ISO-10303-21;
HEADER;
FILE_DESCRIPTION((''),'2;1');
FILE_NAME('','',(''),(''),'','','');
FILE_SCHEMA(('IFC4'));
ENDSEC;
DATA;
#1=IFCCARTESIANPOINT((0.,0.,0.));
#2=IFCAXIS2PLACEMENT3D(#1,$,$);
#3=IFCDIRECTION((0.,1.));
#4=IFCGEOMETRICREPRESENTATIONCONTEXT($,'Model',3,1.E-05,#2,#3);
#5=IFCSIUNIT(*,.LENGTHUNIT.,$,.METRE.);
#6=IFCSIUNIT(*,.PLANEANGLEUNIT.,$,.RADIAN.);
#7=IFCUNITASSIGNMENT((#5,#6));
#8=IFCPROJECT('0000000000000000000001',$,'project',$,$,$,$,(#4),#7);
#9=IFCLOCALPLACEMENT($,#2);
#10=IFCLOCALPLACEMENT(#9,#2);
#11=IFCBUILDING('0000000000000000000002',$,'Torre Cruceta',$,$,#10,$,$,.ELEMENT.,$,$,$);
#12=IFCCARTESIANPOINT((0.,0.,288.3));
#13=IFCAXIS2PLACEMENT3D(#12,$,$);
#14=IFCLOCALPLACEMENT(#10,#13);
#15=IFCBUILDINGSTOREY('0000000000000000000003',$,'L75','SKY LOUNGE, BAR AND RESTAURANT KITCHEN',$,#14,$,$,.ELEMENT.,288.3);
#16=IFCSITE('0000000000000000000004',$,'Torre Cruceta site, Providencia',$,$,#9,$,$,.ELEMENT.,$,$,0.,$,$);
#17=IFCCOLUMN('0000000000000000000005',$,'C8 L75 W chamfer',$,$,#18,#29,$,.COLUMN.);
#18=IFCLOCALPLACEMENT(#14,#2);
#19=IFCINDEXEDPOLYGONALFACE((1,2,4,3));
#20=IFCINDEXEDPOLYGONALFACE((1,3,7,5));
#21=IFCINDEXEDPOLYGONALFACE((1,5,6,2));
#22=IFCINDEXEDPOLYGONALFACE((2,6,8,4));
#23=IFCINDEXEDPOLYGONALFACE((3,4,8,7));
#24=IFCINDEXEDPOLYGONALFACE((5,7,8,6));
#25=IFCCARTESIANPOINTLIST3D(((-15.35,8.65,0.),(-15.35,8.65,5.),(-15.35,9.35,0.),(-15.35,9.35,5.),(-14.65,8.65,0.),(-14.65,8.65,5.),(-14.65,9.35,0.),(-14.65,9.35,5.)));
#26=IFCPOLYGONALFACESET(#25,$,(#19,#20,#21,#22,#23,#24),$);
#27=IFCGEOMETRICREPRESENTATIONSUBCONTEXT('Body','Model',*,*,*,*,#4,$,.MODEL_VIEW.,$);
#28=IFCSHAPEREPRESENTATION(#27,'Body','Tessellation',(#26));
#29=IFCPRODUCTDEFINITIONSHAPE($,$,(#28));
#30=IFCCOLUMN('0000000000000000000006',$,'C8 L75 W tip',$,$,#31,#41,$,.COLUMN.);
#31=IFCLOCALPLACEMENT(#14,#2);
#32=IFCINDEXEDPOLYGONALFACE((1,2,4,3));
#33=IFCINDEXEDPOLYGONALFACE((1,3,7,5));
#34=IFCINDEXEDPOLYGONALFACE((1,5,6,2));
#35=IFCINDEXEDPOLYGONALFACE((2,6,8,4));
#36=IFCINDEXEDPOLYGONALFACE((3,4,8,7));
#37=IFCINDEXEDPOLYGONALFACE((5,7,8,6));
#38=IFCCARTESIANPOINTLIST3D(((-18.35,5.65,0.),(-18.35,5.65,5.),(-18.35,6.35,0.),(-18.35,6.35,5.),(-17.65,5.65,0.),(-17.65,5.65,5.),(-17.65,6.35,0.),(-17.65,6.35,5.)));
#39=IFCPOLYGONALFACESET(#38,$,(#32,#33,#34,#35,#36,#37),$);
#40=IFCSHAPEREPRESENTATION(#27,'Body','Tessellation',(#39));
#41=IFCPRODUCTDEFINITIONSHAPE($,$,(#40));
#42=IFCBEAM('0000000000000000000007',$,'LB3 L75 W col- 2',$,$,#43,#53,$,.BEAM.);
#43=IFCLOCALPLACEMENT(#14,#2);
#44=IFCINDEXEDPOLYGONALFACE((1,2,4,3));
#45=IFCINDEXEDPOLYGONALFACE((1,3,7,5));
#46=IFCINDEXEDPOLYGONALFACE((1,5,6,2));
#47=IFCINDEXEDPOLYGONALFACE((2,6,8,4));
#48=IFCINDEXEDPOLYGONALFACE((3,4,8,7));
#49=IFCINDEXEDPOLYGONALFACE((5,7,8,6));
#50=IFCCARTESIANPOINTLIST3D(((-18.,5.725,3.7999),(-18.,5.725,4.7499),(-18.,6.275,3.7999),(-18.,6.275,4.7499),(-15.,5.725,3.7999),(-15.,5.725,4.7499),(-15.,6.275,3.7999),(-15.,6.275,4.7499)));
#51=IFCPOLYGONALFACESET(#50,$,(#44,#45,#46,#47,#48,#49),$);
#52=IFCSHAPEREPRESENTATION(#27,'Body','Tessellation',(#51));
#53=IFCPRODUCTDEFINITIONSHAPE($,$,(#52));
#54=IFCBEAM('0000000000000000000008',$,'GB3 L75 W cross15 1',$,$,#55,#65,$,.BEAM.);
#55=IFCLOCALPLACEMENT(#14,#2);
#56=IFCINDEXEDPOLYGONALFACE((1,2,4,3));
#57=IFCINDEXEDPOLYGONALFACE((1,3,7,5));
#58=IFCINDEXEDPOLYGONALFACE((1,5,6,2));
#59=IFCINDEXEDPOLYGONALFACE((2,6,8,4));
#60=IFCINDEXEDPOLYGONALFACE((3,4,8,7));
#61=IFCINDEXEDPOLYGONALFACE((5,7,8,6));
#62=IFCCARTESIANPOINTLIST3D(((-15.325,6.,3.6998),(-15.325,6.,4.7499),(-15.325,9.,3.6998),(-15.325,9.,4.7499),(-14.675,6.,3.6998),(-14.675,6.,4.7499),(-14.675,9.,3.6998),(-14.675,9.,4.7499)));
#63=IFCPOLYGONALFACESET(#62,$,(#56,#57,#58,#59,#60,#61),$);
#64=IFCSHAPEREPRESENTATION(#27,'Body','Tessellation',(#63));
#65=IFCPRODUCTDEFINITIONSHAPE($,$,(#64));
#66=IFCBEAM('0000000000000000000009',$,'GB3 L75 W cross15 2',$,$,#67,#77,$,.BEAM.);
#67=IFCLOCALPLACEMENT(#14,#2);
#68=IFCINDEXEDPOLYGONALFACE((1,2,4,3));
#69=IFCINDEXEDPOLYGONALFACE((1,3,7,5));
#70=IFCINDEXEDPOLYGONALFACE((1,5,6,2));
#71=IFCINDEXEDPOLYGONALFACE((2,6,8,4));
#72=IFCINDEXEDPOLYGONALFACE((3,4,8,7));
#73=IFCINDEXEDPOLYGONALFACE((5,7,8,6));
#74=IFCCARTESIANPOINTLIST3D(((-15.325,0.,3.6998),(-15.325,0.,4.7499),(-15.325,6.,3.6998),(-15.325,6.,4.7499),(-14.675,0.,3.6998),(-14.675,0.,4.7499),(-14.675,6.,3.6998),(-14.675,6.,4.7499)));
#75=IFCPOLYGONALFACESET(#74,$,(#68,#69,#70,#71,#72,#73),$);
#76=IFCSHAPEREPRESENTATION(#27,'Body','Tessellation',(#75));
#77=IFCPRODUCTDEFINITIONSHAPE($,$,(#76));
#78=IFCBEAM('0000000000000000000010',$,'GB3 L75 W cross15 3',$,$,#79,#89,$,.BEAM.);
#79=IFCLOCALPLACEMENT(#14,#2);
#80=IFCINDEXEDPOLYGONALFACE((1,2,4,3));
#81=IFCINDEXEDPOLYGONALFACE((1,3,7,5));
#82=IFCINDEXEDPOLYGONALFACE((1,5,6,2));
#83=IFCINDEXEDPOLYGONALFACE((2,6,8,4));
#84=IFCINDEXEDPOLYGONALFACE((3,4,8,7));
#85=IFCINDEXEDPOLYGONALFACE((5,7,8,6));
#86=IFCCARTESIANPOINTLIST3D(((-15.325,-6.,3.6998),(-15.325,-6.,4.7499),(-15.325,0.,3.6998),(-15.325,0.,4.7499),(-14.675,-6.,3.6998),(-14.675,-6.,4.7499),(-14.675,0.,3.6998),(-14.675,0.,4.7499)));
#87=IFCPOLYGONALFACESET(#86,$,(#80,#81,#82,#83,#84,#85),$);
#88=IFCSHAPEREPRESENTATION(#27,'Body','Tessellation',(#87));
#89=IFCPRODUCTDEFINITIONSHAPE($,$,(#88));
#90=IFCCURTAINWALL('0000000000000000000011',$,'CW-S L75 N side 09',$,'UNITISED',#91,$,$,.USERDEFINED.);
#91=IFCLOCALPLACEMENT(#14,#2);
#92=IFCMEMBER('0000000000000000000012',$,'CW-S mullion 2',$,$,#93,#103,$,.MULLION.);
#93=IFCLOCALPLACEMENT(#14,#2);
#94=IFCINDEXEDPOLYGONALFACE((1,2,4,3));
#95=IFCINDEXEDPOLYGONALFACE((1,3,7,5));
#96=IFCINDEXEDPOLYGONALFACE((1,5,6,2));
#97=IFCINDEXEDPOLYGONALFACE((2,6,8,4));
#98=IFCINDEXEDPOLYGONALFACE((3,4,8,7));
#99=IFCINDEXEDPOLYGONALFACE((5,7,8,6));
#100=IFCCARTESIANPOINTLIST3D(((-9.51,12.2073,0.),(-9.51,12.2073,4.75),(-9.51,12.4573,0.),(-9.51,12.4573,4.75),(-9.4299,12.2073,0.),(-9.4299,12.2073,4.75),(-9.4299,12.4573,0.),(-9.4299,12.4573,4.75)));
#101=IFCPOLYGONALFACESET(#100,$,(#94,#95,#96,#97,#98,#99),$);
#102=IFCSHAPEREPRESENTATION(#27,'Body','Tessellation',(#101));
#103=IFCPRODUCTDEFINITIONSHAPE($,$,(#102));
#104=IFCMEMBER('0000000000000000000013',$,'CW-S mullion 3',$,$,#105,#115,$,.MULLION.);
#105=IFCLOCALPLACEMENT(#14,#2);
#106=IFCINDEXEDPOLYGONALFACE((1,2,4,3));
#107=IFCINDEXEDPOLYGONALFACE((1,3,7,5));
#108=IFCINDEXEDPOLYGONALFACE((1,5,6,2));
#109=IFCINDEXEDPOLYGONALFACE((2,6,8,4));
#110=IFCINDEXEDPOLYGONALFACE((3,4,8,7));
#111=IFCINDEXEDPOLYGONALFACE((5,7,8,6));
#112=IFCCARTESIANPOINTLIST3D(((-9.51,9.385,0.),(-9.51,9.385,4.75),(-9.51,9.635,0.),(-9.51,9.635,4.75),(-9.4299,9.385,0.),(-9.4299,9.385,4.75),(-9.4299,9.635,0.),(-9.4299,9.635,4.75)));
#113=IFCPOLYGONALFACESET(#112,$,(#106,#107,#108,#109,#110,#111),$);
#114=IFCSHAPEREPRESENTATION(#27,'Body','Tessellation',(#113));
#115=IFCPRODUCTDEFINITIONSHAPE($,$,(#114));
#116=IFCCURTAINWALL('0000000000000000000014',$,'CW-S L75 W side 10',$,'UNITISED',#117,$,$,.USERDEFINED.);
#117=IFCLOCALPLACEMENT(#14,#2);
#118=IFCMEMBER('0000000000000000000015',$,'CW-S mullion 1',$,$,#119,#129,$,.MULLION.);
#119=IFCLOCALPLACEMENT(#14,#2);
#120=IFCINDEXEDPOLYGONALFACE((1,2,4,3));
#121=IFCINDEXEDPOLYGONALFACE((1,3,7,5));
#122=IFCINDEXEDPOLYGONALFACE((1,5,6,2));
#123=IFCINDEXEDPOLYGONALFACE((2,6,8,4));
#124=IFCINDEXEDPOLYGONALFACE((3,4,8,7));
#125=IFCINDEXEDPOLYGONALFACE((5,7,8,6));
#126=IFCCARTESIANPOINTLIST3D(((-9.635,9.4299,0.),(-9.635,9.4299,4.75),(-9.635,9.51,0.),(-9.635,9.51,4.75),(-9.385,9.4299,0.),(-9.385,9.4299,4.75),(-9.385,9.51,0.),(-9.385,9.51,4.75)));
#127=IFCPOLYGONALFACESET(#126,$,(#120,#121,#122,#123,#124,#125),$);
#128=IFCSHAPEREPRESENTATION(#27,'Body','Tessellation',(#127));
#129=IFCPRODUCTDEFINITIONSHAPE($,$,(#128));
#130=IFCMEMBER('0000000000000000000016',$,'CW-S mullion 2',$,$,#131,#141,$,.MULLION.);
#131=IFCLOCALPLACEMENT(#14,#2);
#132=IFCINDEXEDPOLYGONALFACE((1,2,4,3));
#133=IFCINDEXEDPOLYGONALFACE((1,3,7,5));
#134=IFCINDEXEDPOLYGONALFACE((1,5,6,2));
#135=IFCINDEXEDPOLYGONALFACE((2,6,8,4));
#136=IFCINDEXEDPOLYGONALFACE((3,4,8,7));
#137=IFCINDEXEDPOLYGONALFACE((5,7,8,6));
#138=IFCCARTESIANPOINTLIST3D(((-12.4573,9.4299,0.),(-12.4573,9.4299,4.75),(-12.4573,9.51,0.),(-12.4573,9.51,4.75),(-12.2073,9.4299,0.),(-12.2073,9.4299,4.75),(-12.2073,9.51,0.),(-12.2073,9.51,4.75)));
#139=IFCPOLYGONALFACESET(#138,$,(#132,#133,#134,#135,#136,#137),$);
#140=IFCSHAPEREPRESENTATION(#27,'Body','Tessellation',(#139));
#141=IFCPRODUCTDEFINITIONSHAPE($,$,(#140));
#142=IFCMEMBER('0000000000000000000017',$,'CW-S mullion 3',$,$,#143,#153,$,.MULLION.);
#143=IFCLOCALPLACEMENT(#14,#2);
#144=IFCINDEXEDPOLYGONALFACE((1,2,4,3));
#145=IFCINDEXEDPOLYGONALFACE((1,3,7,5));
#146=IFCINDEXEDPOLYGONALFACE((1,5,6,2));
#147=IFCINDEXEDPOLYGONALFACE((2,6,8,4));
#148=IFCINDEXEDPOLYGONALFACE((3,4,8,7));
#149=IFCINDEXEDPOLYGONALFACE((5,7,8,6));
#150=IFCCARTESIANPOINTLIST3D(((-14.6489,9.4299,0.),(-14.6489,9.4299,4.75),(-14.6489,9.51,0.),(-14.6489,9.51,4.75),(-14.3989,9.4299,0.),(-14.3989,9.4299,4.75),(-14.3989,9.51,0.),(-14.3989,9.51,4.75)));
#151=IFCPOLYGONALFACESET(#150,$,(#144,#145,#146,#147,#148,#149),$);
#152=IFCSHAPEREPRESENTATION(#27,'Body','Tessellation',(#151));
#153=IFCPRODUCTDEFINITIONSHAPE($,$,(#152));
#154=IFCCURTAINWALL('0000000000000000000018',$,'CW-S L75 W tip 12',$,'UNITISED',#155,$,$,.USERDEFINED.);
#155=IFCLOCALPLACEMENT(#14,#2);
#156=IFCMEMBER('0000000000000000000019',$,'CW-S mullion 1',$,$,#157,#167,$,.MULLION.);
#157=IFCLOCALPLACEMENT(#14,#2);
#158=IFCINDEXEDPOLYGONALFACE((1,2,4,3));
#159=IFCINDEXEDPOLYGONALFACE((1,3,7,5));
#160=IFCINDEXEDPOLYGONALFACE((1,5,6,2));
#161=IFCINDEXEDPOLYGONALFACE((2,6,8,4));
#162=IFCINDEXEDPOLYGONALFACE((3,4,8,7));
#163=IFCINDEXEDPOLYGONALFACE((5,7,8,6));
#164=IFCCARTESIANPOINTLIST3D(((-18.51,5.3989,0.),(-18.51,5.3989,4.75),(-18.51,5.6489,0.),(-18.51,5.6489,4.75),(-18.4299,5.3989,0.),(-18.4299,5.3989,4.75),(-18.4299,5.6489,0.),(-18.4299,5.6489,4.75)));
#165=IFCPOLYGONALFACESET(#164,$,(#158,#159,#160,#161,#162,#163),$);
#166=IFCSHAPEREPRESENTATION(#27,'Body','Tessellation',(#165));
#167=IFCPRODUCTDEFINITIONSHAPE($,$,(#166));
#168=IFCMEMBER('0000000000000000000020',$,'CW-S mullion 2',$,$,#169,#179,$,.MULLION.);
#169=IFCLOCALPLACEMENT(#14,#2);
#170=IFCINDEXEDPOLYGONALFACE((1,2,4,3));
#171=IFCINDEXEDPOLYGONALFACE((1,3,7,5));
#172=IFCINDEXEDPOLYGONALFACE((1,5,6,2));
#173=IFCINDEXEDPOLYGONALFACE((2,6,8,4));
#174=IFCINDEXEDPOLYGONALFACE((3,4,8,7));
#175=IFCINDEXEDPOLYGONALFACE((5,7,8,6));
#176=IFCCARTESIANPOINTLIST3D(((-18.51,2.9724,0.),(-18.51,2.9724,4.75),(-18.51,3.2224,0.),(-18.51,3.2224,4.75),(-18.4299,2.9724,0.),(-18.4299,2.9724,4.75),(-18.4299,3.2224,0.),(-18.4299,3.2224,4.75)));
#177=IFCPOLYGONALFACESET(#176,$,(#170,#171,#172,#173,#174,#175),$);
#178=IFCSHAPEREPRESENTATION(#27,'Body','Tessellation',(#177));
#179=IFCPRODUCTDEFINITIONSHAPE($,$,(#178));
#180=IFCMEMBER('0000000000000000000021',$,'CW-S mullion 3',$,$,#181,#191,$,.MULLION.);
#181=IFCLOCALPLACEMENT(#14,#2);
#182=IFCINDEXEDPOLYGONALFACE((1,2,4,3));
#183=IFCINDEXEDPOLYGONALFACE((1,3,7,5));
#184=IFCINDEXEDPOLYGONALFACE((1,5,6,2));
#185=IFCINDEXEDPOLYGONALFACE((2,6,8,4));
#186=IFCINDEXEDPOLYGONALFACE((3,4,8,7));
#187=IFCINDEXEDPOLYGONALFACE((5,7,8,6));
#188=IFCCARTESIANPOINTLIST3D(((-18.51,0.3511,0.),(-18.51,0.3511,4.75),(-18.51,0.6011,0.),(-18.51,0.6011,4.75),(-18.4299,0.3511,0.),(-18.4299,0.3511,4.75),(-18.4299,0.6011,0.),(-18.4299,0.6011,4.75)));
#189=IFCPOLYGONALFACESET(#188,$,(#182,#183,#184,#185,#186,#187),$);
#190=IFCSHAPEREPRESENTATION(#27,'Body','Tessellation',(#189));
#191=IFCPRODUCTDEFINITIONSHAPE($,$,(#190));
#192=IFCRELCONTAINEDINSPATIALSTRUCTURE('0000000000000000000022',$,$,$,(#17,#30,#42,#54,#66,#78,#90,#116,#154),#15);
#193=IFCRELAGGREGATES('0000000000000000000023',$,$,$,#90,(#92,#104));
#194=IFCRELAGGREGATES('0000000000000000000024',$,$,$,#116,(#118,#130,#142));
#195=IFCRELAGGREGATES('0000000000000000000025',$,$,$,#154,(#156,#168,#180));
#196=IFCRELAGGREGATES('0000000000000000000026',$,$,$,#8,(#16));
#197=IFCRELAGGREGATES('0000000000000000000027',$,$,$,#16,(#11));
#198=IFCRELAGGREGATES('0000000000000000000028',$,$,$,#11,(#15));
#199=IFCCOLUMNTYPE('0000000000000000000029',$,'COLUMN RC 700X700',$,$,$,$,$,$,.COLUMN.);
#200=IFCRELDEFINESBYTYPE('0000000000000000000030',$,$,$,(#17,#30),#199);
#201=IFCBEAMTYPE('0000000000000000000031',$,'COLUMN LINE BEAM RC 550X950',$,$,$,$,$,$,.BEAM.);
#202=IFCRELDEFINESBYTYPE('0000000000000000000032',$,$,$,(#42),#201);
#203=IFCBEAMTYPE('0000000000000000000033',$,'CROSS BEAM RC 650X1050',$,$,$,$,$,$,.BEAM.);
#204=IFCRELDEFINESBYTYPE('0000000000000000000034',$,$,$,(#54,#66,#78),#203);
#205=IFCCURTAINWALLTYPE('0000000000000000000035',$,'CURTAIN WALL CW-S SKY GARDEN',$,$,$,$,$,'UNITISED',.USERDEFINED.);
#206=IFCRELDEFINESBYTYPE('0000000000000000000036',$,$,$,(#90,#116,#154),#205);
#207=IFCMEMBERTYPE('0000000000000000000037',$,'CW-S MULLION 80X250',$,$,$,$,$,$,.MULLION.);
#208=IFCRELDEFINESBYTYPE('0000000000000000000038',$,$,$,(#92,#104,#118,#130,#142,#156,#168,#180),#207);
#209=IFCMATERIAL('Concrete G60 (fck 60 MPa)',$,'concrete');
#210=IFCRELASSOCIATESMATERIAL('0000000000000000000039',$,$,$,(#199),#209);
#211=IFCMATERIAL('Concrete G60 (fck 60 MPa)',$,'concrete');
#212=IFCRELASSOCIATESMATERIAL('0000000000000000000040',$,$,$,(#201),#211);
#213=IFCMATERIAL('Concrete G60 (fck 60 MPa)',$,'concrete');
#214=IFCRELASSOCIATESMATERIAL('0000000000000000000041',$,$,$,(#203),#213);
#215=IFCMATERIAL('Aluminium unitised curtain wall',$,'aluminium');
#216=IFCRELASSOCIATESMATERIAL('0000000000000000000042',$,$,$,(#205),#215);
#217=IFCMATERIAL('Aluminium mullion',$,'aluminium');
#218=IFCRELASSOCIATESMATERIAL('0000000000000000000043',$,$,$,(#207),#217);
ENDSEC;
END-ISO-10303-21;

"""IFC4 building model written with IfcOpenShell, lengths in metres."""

from ifc_helpers import new_model, si_unit, direction, frame, origin, origin_2d, place, context, subcontext, project, spatial, rectangle, extrude, material, material_profile, profile_set, type_object, element, aggregate, save


model = new_model("IFC4")

# Units and contexts
model_context = context("Model", 3, precision=1e-05, world=origin(), true_north=direction((0.0, 1.0)))
body_context = subcontext(model_context, "Body", "Model", "MODEL_VIEW")
ifc_project = project(units=[si_unit("LENGTHUNIT", "METRE"), si_unit("PLANEANGLEUNIT", "RADIAN")], contexts=[model_context])

# Site, building, storey
site_placement = place(None, origin())
site = spatial("IfcSite", under=ifc_project, at=site_placement, Name="Torre Cruceta site, Providencia", CompositionType="ELEMENT", RefElevation=0.0)
building_placement = place(site_placement, origin())
building = spatial("IfcBuilding", under=site, at=building_placement, Name="Torre Cruceta", CompositionType="ELEMENT")
storey_placement = place(building_placement, frame((0.0, 0.0, 288.3)))
storey = spatial("IfcBuildingStorey", under=building, at=storey_placement, Name="L75", Description="SKY LOUNGE, BAR AND RESTAURANT KITCHEN", CompositionType="ELEMENT", Elevation=288.3)

# Columns
ifc_material_1 = material(Name="Concrete G60 (fck 60 MPa)", Category="concrete")
ifc_material_profile_1 = material_profile(ifc_material_1, rectangle(XDim=0.7, YDim=0.7, at=origin_2d()), Name="RC 700X700")
ifc_profile_set_1 = profile_set([ifc_material_profile_1], Name="Concrete G60 (fck 60 MPa)")
column_type = type_object("IfcColumnType", Name="COLUMN RC 700X700", PredefinedType="COLUMN", material=ifc_profile_set_1)
for number, where, z_axis, x_axis, name in (
    (1, (-15.0, 9.0, 0.0), (0.0, 0.0, 1.0), (1.0, 0.0, 0.0), "C8 L75 W chamfer"),
    (2, (-18.0, 6.0, 0.0), (0.0, 0.0, 1.0), (1.0, 0.0, 0.0), "C8 L75 W tip"),
):
    element("IfcColumn", number, at=place(storey_placement, frame(where, z_axis=z_axis, x_axis=x_axis)), inside=storey, type_object=column_type, Name=name, PredefinedType="COLUMN", context=body_context, shape_type="SweptSolid", body=[
        extrude(rectangle(XDim=0.7, YDim=0.7, at=origin_2d()), origin(), (0.0, 0.0, 1.0), 5.0),
    ])

# Beams
ifc_material_2 = material(Name="Concrete G60 (fck 60 MPa)", Category="concrete")
ifc_material_profile_2 = material_profile(ifc_material_2, rectangle(XDim=0.55, YDim=0.95, at=origin_2d()), Name="RC 550X950")
ifc_profile_set_2 = profile_set([ifc_material_profile_2], Name="Concrete G60 (fck 60 MPa)")
beam_type_1 = type_object("IfcBeamType", Name="COLUMN LINE BEAM RC 550X950", PredefinedType="BEAM", material=ifc_profile_set_2)
beam_1_placement = place(storey_placement, frame((-15.0, 6.0, 4.2749), z_axis=(-1.0, 0.0, 0.0), x_axis=(0.0, -1.0, 0.0)))
element("IfcBeam", 3, at=beam_1_placement, inside=storey, type_object=beam_type_1, Name="LB3 L75 W col- 2", PredefinedType="BEAM", context=body_context, shape_type="SweptSolid", body=[
    extrude(rectangle(XDim=0.55, YDim=0.95, at=origin_2d()), origin(), (0.0, 0.0, 1.0), 3.0),
])
ifc_material_3 = material(Name="Concrete G60 (fck 60 MPa)", Category="concrete")
ifc_material_profile_3 = material_profile(ifc_material_3, rectangle(XDim=0.6499, YDim=1.05, at=origin_2d()), Name="RC 650X1050")
ifc_profile_set_3 = profile_set([ifc_material_profile_3], Name="Concrete G60 (fck 60 MPa)")
beam_type_2 = type_object("IfcBeamType", Name="CROSS BEAM RC 650X1050", PredefinedType="BEAM", material=ifc_profile_set_3)
beam_2_placement = place(storey_placement, frame((-15.0, 9.0, 4.2249), z_axis=(0.0, -1.0, 0.0), x_axis=(1.0, 0.0, 0.0)))
element("IfcBeam", 4, at=beam_2_placement, inside=storey, type_object=beam_type_2, Name="GB3 L75 W cross15 1", PredefinedType="BEAM", context=body_context, shape_type="SweptSolid", body=[
    extrude(rectangle(XDim=0.6499, YDim=1.05, at=origin_2d()), origin(), (0.0, 0.0, 1.0), 3.0),
])
for number, where, z_axis, x_axis, name in (
    (5, (-15.0, 6.0, 4.2249), (0.0, -1.0, 0.0), (1.0, 0.0, 0.0), "GB3 L75 W cross15 2"),
    (6, (-15.0, 0.0, 4.2249), (0.0, -1.0, 0.0), (1.0, 0.0, 0.0), "GB3 L75 W cross15 3"),
):
    element("IfcBeam", number, at=place(storey_placement, frame(where, z_axis=z_axis, x_axis=x_axis)), inside=storey, type_object=beam_type_2, Name=name, PredefinedType="BEAM", context=body_context, shape_type="SweptSolid", body=[
        extrude(rectangle(XDim=0.6499, YDim=1.05, at=origin_2d()), origin(), (0.0, 0.0, 1.0), 6.0),
    ])

# Curtain walls, members
ifc_material_4 = material(Name="Aluminium unitised curtain wall", Category="aluminium")
curtain_wall_type = type_object("IfcCurtainWallType", Name="CURTAIN WALL CW-S SKY GARDEN", ElementType="UNITISED", PredefinedType="USERDEFINED", material=ifc_material_4)
curtain_wall_1_placement = place(storey_placement, origin())
curtain_wall_1 = element("IfcCurtainWall", 7, at=curtain_wall_1_placement, inside=storey, type_object=curtain_wall_type, Name="CW-S L75 N side 09", ObjectType="UNITISED", PredefinedType="USERDEFINED")
ifc_material_5 = material(Name="Aluminium mullion", Category="aluminium")
ifc_material_profile_4 = material_profile(ifc_material_5, rectangle(XDim=0.0801, YDim=0.25, at=origin_2d()), Name="AL 80X250")
ifc_profile_set_4 = profile_set([ifc_material_profile_4], Name="Aluminium mullion")
member_type_1 = type_object("IfcMemberType", Name="CW-S MULLION 80X250", PredefinedType="MULLION", material=ifc_profile_set_4)
member_1_placement = place(storey_placement, frame((-9.47, 12.3323, 0.0), z_axis=(0.0, 0.0, 1.0), x_axis=(1.0, 0.0, 0.0)))
member_1 = element("IfcMember", 8, at=member_1_placement, type_object=member_type_1, Name="CW-S mullion 2", PredefinedType="MULLION", context=body_context, shape_type="SweptSolid", body=[
    extrude(rectangle(XDim=0.0801, YDim=0.25, at=origin_2d()), origin(), (0.0, 0.0, 1.0), 4.75),
])
member_2_placement = place(storey_placement, frame((-9.47, 9.51, 0.0), z_axis=(0.0, 0.0, 1.0), x_axis=(1.0, 0.0, 0.0)))
member_2 = element("IfcMember", 9, at=member_2_placement, type_object=member_type_1, Name="CW-S mullion 3", PredefinedType="MULLION", context=body_context, shape_type="SweptSolid", body=[
    extrude(rectangle(XDim=0.0801, YDim=0.25, at=origin_2d()), origin(), (0.0, 0.0, 1.0), 4.75),
])
curtain_wall_2_placement = place(storey_placement, origin())
curtain_wall_2 = element("IfcCurtainWall", 10, at=curtain_wall_2_placement, inside=storey, type_object=curtain_wall_type, Name="CW-S L75 W side 10", ObjectType="UNITISED", PredefinedType="USERDEFINED")
member_3_placement = place(storey_placement, frame((-9.51, 9.47, 0.0), z_axis=(0.0, 0.0, 1.0), x_axis=(0.0, -1.0, 0.0)))
member_3 = element("IfcMember", 11, at=member_3_placement, type_object=member_type_1, Name="CW-S mullion 1", PredefinedType="MULLION", context=body_context, shape_type="SweptSolid", body=[
    extrude(rectangle(XDim=0.0801, YDim=0.25, at=origin_2d()), origin(), (0.0, 0.0, 1.0), 4.75),
])
member_4_placement = place(storey_placement, frame((-12.3323, 9.47, 0.0), z_axis=(0.0, 0.0, 1.0), x_axis=(0.0, -1.0, 0.0)))
member_4 = element("IfcMember", 12, at=member_4_placement, type_object=member_type_1, Name="CW-S mullion 2", PredefinedType="MULLION", context=body_context, shape_type="SweptSolid", body=[
    extrude(rectangle(XDim=0.0801, YDim=0.25, at=origin_2d()), origin(), (0.0, 0.0, 1.0), 4.75),
])
member_5_placement = place(storey_placement, frame((-14.5239, 9.47, 0.0), z_axis=(0.0, 0.0, 1.0), x_axis=(0.0, -1.0, 0.0)))
member_5 = element("IfcMember", 13, at=member_5_placement, type_object=member_type_1, Name="CW-S mullion 3", PredefinedType="MULLION", context=body_context, shape_type="SweptSolid", body=[
    extrude(rectangle(XDim=0.0801, YDim=0.25, at=origin_2d()), origin(), (0.0, 0.0, 1.0), 4.75),
])
curtain_wall_3_placement = place(storey_placement, origin())
curtain_wall_3 = element("IfcCurtainWall", 14, at=curtain_wall_3_placement, inside=storey, type_object=curtain_wall_type, Name="CW-S L75 W tip 12", ObjectType="UNITISED", PredefinedType="USERDEFINED")
member_6_placement = place(storey_placement, frame((-18.47, 5.5239, 0.0), z_axis=(0.0, 0.0, 1.0), x_axis=(1.0, 0.0, 0.0)))
member_6 = element("IfcMember", 15, at=member_6_placement, type_object=member_type_1, Name="CW-S mullion 1", PredefinedType="MULLION", context=body_context, shape_type="SweptSolid", body=[
    extrude(rectangle(XDim=0.0801, YDim=0.25, at=origin_2d()), origin(), (0.0, 0.0, 1.0), 4.75),
])
member_7_placement = place(storey_placement, frame((-18.47, 3.0974, 0.0), z_axis=(0.0, 0.0, 1.0), x_axis=(1.0, 0.0, 0.0)))
member_7 = element("IfcMember", 16, at=member_7_placement, type_object=member_type_1, Name="CW-S mullion 2", PredefinedType="MULLION", context=body_context, shape_type="SweptSolid", body=[
    extrude(rectangle(XDim=0.0801, YDim=0.25, at=origin_2d()), origin(), (0.0, 0.0, 1.0), 4.75),
])
member_8_placement = place(storey_placement, frame((-18.47, 0.4761, 0.0), z_axis=(0.0, 0.0, 1.0), x_axis=(1.0, 0.0, 0.0)))
member_8 = element("IfcMember", 17, at=member_8_placement, type_object=member_type_1, Name="CW-S mullion 3", PredefinedType="MULLION", context=body_context, shape_type="SweptSolid", body=[
    extrude(rectangle(XDim=0.0801, YDim=0.25, at=origin_2d()), origin(), (0.0, 0.0, 1.0), 4.75),
])

aggregate(curtain_wall_1, [member_1, member_2])
aggregate(curtain_wall_2, [member_3, member_4, member_5])
aggregate(curtain_wall_3, [member_6, member_7, member_8])

save(model, "model.ifc")
